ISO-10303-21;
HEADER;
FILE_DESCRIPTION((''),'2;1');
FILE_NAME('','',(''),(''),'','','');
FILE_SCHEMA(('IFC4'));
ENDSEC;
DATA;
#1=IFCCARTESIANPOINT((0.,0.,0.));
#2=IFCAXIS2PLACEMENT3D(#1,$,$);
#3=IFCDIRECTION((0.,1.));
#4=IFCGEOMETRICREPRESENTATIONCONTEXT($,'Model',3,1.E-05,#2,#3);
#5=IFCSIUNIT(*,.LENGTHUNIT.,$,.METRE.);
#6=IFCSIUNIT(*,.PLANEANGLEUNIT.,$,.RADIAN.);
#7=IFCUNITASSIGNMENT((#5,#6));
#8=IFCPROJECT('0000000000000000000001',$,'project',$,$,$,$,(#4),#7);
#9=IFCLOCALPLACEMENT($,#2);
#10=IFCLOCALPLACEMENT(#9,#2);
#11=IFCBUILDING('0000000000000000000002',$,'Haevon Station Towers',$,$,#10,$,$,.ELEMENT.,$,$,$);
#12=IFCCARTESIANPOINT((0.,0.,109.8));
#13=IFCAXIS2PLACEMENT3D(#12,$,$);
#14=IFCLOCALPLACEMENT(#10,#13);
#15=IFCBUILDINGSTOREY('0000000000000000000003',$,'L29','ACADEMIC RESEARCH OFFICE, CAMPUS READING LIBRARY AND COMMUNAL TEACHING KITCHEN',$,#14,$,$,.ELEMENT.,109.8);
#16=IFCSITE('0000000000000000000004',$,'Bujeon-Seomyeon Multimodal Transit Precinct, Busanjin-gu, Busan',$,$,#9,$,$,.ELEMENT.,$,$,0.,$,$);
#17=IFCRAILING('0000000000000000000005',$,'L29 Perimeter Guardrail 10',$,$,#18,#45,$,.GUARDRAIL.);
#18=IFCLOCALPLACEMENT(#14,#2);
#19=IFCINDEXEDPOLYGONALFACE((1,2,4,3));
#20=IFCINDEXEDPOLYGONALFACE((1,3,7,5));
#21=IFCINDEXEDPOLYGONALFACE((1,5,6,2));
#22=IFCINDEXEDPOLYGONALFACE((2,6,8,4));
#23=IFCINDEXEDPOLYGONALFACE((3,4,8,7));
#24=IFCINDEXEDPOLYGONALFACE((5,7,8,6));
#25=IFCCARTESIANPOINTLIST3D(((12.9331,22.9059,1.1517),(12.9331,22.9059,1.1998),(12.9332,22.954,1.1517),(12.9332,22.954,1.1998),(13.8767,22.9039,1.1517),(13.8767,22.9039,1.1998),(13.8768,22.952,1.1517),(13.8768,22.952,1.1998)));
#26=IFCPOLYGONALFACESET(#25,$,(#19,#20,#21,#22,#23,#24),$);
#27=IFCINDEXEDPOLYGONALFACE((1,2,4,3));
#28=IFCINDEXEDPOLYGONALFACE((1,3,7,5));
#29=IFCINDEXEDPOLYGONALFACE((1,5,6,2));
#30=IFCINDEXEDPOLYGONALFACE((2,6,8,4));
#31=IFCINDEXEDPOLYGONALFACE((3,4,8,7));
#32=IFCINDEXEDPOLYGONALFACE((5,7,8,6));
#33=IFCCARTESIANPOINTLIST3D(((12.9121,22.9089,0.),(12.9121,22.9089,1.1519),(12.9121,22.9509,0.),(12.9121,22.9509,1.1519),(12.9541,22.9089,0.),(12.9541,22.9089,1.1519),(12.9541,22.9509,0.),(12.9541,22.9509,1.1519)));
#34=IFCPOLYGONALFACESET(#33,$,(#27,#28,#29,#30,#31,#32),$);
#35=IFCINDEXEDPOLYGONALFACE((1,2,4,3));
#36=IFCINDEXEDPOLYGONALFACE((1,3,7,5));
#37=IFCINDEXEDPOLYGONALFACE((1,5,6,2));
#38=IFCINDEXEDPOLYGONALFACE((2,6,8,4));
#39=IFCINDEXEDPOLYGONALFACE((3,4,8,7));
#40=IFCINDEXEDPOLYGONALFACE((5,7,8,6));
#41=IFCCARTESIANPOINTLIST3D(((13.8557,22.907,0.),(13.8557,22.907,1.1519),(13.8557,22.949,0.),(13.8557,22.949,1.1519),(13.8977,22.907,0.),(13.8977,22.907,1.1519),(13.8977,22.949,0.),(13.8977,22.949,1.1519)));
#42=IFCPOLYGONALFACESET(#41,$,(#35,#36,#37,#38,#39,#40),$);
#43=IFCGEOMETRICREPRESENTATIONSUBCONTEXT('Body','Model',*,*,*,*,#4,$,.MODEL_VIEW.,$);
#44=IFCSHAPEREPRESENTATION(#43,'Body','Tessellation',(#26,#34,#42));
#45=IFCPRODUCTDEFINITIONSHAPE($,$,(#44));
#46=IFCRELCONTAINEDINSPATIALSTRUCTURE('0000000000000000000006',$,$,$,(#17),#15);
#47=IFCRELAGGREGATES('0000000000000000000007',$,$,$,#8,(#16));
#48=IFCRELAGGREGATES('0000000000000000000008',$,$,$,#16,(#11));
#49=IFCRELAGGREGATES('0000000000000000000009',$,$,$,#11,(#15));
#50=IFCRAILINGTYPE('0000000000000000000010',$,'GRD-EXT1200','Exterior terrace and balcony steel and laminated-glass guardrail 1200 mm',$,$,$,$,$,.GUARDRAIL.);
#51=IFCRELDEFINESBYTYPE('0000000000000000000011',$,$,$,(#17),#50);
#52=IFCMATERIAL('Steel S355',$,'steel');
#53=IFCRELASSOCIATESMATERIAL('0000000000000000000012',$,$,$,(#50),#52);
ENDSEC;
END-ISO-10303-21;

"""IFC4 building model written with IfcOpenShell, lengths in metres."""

from ifc_helpers import new_model, si_unit, direction, frame, origin, origin_2d, place, context, subcontext, project, spatial, rectangle, extrude, material, type_object, element, save


model = new_model("IFC4")

# Units and contexts
model_context = context("Model", 3, precision=1e-05, world=origin(), true_north=direction((0.0, 1.0)))
body_context = subcontext(model_context, "Body", "Model", "MODEL_VIEW")
ifc_project = project(units=[si_unit("LENGTHUNIT", "METRE"), si_unit("PLANEANGLEUNIT", "RADIAN")], contexts=[model_context])

# Site, building, storey
site_placement = place(None, origin())
site = spatial("IfcSite", under=ifc_project, at=site_placement, Name="Bujeon-Seomyeon Multimodal Transit Precinct, Busanjin-gu, Busan", CompositionType="ELEMENT", RefElevation=0.0)
building_placement = place(site_placement, origin())
building = spatial("IfcBuilding", under=site, at=building_placement, Name="Haevon Station Towers", CompositionType="ELEMENT")
storey_placement = place(building_placement, frame((0.0, 0.0, 109.8)))
storey = spatial("IfcBuildingStorey", under=building, at=storey_placement, Name="L29", Description="ACADEMIC RESEARCH OFFICE, CAMPUS READING LIBRARY AND COMMUNAL TEACHING KITCHEN", CompositionType="ELEMENT", Elevation=109.8)

# Shared definitions
ifc_material_1 = material(Name="Steel S355", Category="steel")

# Railing
railing_type = type_object("IfcRailingType", Name="GRD-EXT1200", Description="Exterior terrace and balcony steel and laminated-glass guardrail 1200 mm", PredefinedType="GUARDRAIL", material=ifc_material_1)
railing_1_placement = place(storey_placement, frame((12.9331, 22.9299, 0.0)))
element("IfcRailing", 1, at=railing_1_placement, inside=storey, type_object=railing_type, Name="L29 Perimeter Guardrail 10", PredefinedType="GUARDRAIL", context=body_context, shape_type="SweptSolid", body=[
    extrude(rectangle(XDim=0.0481, YDim=0.0481, at=origin_2d()), frame((0.0, 0.0, 1.1758), z_axis=(0.999998, -0.00207, 0.0), x_axis=(0.00207, 0.999998, 0.0)), (0.0, 0.0, 1.0), 0.9436),
    extrude(rectangle(XDim=0.042, YDim=0.042, at=origin_2d()), origin(), (0.0, 0.0, 1.0), 1.1519),
    extrude(rectangle(XDim=0.042, YDim=0.042, at=origin_2d()), frame((0.9436, -0.002, 0.0)), (0.0, 0.0, 1.0), 1.1519),
])

save(model, "model.ifc")
